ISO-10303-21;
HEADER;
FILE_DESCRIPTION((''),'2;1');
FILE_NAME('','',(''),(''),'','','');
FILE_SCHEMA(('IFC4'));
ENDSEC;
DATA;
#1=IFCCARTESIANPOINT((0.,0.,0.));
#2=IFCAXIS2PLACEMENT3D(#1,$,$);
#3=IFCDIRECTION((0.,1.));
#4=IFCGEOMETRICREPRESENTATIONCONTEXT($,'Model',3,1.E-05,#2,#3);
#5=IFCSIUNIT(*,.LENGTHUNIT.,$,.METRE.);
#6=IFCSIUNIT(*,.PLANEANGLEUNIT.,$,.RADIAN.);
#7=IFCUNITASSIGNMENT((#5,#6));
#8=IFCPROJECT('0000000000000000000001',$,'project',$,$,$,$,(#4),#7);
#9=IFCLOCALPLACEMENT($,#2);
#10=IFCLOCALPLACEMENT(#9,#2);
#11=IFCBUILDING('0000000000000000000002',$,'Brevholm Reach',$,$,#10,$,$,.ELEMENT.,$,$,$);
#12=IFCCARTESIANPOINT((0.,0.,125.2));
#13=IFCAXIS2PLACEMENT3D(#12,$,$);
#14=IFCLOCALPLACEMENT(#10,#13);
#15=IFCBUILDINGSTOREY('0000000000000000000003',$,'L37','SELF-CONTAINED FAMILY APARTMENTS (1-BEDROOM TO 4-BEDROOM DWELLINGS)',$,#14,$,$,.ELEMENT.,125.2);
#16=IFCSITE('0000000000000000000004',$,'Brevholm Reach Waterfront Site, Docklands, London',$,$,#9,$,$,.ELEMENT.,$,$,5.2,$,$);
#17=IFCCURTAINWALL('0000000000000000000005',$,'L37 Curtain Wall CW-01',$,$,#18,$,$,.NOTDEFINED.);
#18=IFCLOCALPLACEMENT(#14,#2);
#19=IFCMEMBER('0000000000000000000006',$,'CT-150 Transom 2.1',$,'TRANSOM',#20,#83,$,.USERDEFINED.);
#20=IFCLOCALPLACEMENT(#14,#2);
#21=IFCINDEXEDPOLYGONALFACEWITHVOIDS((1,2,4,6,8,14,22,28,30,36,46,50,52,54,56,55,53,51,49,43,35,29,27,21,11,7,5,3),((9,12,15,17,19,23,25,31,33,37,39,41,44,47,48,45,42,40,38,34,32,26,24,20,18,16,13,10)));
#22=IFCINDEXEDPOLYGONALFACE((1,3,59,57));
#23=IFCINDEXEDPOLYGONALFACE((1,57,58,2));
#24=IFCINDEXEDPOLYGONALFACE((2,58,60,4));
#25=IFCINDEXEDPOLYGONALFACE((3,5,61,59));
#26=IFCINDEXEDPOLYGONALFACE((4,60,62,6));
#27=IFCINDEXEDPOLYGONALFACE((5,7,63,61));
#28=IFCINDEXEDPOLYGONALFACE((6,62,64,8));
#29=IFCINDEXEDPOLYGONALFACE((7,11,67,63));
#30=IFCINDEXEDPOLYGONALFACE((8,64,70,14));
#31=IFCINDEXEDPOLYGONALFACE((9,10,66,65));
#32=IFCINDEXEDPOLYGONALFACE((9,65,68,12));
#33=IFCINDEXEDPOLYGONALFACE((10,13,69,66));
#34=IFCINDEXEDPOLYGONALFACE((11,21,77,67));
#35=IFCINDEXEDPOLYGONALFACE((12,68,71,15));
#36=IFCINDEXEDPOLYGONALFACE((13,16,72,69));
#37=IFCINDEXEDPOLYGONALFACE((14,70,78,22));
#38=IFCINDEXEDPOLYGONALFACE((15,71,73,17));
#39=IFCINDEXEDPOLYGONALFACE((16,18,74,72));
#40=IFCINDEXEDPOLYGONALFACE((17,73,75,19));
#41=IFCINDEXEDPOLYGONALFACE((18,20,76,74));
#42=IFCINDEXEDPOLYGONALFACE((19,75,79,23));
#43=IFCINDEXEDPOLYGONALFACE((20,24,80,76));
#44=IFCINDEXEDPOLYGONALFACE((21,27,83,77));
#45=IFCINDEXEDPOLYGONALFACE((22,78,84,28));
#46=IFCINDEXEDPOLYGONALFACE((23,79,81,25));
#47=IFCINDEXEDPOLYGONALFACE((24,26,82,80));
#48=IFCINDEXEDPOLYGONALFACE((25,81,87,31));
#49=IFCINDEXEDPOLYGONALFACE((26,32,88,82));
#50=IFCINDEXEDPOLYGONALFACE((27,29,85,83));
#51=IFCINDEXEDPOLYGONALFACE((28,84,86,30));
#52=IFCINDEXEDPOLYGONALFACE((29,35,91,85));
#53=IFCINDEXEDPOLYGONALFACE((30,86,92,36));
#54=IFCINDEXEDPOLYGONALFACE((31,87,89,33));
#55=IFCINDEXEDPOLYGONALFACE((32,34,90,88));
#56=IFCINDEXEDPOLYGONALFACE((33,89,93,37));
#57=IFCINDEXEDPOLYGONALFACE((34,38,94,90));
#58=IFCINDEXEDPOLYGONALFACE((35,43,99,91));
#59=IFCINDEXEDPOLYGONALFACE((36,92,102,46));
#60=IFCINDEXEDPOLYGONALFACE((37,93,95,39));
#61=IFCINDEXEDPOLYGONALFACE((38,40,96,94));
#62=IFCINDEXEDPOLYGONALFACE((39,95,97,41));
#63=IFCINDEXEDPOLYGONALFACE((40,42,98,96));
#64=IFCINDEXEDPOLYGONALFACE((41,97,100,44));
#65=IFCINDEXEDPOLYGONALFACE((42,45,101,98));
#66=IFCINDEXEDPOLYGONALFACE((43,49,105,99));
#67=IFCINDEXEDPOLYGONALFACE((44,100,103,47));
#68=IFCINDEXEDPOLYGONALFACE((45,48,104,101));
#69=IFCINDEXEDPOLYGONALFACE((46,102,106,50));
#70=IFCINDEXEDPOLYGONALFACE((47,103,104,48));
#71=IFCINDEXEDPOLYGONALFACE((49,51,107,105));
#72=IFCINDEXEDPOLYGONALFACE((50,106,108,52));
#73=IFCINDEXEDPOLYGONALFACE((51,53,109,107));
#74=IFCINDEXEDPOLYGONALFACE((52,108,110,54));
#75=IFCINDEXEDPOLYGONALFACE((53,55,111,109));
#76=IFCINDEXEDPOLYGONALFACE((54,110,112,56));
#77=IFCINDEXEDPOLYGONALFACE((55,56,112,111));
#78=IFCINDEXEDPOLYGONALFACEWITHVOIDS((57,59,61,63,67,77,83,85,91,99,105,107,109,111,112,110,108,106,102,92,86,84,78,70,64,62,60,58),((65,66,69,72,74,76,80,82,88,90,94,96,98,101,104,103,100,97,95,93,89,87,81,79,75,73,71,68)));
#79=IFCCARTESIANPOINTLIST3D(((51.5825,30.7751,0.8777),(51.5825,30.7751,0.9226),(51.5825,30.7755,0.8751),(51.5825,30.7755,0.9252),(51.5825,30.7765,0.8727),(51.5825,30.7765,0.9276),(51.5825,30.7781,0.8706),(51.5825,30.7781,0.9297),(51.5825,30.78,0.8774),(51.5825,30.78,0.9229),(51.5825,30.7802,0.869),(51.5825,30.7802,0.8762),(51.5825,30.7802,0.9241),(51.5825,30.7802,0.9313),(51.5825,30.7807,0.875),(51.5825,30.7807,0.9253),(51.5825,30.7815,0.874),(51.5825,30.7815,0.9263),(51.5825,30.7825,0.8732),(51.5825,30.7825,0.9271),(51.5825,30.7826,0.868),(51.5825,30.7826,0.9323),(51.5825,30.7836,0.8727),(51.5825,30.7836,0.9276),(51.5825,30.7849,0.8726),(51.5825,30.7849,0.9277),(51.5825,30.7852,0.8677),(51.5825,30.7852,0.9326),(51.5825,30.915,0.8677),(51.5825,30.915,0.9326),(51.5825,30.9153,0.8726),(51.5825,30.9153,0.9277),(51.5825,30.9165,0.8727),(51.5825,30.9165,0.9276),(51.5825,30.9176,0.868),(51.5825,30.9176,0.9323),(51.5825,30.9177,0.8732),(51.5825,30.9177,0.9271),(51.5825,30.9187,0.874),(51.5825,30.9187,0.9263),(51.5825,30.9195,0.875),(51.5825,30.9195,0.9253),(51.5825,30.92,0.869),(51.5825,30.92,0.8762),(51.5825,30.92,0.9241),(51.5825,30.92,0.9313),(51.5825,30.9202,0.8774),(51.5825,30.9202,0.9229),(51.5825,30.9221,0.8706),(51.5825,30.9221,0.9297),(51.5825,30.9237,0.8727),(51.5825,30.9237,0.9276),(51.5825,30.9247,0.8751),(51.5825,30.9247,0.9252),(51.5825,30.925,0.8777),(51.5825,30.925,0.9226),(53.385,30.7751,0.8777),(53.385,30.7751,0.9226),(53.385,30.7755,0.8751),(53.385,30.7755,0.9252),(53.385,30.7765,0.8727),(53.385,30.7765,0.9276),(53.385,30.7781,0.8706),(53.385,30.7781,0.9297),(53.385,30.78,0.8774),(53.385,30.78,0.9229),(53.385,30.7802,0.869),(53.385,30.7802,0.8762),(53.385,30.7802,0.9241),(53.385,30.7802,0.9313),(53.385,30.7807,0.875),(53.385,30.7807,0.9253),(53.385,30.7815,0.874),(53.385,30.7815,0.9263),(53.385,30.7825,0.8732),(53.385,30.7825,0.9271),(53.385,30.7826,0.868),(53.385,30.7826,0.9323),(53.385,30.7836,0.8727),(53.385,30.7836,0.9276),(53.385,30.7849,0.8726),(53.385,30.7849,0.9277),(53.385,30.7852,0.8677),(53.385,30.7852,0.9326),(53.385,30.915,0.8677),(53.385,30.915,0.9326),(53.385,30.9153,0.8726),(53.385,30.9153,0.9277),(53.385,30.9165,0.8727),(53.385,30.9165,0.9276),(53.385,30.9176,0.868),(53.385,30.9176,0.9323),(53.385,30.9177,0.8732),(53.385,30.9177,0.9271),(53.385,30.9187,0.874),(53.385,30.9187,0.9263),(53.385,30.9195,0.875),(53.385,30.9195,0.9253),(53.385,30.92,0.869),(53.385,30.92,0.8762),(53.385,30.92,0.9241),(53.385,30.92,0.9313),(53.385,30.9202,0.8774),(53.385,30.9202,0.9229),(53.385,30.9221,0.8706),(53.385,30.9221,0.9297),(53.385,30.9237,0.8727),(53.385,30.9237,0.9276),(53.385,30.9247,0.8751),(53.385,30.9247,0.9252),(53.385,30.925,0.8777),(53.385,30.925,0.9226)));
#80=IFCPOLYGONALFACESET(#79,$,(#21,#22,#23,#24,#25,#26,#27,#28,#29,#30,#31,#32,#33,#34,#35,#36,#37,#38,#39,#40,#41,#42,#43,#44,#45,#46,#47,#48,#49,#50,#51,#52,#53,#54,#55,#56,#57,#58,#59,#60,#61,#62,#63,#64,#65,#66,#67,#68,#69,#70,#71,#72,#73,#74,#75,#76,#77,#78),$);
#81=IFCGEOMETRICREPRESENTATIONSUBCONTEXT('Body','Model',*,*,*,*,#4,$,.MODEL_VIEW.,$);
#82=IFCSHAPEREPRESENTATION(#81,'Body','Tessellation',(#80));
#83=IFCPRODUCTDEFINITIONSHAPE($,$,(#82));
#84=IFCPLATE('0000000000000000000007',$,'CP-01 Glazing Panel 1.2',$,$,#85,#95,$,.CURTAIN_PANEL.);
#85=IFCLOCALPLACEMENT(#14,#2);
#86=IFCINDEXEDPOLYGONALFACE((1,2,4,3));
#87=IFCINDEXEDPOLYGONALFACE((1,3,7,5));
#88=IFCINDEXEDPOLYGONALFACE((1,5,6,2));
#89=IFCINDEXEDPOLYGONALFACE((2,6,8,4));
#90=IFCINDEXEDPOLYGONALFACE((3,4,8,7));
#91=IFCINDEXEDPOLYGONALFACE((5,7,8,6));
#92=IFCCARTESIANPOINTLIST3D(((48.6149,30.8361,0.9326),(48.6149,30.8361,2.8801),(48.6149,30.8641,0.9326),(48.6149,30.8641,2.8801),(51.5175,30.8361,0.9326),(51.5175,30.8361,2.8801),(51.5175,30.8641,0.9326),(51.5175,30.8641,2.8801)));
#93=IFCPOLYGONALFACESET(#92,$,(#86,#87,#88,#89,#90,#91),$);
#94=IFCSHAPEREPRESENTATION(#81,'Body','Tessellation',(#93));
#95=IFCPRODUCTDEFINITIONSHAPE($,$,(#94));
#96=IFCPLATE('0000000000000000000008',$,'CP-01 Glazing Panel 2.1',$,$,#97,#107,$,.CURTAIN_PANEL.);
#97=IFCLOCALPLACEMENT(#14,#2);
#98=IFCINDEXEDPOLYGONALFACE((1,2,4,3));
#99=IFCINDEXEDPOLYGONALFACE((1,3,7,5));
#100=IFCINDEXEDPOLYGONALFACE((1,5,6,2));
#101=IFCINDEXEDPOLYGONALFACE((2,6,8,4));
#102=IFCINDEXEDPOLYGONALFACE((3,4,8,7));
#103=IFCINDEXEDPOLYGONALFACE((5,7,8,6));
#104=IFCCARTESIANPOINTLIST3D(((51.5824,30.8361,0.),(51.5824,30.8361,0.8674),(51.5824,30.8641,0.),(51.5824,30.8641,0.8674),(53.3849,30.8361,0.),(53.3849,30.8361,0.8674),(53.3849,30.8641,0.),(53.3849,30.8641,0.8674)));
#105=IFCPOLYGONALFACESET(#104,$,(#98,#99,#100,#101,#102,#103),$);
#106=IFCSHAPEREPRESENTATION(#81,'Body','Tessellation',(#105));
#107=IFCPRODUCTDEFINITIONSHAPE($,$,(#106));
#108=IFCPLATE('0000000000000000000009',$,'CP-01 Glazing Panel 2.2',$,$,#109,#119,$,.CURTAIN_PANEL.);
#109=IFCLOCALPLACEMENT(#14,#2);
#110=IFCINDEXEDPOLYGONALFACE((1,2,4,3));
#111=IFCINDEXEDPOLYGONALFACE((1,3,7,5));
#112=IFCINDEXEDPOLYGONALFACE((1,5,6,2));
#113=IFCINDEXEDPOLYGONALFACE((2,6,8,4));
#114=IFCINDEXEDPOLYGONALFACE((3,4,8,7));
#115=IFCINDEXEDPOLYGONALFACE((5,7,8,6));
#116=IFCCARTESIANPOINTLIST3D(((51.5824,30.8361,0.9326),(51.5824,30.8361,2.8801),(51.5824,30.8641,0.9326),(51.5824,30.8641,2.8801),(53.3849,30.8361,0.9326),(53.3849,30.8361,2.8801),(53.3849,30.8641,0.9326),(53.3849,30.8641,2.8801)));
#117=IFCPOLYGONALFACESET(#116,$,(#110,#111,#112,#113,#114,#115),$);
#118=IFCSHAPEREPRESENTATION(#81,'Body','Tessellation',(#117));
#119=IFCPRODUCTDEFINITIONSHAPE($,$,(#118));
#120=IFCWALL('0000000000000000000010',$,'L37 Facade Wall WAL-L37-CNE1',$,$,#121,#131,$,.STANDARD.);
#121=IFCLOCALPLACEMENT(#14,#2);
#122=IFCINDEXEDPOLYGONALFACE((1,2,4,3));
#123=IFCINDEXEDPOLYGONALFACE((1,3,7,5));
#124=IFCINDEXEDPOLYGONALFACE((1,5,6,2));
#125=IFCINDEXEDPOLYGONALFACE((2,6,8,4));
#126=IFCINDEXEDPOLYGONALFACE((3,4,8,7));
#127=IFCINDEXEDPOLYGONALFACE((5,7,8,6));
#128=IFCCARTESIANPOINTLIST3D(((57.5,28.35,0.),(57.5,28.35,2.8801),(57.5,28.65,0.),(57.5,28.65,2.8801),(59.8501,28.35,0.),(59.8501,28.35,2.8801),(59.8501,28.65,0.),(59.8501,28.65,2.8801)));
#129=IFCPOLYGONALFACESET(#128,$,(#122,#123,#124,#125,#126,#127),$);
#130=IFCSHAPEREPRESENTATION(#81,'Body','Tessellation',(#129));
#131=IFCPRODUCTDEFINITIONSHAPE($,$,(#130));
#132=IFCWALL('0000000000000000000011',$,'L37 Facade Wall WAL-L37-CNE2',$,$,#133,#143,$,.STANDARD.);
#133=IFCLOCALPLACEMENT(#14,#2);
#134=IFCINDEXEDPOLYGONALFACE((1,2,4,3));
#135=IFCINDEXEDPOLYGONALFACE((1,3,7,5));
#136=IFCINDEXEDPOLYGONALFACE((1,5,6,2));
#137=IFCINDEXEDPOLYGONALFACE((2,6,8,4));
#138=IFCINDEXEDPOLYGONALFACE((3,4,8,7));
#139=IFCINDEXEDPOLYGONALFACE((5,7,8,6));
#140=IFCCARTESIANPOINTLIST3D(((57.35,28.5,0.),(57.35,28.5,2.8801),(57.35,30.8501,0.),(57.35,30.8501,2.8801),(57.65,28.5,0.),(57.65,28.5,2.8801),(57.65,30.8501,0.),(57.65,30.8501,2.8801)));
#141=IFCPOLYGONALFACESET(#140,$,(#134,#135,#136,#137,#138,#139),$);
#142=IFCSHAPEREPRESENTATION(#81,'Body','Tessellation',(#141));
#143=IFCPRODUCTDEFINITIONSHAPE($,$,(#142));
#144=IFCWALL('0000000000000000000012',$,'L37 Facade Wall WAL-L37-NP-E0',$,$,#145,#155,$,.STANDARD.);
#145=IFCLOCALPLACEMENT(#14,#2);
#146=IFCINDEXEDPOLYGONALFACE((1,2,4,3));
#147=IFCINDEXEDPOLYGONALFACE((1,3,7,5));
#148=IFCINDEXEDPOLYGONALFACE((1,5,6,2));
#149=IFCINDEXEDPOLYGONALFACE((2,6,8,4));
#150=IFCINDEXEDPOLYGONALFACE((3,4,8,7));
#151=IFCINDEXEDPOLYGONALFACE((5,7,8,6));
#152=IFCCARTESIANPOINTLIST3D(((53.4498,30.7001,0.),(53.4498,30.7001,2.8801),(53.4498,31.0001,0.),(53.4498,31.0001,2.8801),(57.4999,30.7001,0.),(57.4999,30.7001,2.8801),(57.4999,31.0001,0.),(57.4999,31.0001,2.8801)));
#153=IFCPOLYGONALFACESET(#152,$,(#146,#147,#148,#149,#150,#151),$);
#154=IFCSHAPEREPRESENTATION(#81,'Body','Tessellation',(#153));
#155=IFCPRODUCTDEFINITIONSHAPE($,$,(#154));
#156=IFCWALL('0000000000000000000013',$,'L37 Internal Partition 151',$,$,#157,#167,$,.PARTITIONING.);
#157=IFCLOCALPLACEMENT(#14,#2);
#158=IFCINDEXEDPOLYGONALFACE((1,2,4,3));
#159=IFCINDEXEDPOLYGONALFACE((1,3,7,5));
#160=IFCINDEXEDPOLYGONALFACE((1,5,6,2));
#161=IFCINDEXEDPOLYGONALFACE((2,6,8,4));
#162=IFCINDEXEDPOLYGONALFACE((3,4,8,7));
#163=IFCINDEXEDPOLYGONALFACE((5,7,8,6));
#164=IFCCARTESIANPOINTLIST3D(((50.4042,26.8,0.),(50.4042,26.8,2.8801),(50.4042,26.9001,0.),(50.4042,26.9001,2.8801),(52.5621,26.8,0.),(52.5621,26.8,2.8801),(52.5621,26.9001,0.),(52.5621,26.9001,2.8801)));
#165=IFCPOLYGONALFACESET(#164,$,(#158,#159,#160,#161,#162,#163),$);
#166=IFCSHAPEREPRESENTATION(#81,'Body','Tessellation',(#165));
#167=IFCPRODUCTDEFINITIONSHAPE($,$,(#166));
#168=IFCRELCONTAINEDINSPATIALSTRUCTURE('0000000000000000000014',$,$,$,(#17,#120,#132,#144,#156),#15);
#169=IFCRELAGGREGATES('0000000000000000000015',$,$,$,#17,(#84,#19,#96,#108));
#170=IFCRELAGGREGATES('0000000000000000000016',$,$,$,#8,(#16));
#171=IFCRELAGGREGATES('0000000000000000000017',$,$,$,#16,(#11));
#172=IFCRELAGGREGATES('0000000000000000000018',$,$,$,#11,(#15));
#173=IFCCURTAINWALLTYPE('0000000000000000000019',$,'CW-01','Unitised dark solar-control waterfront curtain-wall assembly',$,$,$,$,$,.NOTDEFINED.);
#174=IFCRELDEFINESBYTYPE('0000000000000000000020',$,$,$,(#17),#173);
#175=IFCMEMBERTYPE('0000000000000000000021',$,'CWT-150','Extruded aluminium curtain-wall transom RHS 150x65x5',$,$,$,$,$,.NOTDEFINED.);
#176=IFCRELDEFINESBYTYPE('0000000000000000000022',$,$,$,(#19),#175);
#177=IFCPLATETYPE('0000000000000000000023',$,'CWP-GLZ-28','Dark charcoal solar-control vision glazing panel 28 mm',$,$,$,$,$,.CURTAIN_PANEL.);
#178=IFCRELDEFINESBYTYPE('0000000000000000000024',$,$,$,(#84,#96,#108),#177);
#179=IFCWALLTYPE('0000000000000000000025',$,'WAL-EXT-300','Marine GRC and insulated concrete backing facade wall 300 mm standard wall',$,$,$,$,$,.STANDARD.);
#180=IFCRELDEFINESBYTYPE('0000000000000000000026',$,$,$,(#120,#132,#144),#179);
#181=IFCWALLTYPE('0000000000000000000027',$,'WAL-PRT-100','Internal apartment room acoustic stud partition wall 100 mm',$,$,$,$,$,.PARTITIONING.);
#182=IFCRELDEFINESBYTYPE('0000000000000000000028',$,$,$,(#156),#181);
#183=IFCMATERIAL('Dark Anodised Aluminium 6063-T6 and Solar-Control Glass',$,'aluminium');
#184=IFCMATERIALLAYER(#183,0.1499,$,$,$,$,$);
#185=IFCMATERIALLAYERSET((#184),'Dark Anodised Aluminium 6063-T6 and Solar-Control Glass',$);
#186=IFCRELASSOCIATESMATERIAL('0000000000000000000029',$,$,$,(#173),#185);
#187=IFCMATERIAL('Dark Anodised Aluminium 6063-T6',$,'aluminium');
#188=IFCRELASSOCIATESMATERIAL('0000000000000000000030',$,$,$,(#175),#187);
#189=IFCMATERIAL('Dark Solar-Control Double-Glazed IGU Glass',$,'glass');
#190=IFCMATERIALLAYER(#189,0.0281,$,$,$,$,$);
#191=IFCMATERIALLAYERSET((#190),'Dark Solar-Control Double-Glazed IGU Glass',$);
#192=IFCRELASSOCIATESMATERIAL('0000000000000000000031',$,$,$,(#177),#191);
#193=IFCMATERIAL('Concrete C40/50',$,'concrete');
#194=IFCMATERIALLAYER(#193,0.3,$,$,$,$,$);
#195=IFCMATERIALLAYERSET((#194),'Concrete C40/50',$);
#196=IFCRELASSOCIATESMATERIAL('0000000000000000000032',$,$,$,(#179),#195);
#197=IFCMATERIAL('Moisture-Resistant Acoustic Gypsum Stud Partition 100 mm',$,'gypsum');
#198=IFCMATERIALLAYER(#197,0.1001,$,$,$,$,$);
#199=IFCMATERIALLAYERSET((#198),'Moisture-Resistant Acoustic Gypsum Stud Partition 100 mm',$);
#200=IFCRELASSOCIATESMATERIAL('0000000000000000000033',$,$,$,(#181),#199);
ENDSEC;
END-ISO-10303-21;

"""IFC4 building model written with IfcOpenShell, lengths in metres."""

from ifc_helpers import new_model, si_unit, direction, frame, frame_2d, origin, origin_2d, place, context, subcontext, project, spatial, rectangle, hollow_rectangle, extrude, material, layer, layer_set, material_profile, profile_set, type_object, element, aggregate, save


model = new_model("IFC4")

# Units and contexts
model_context = context("Model", 3, precision=1e-05, world=origin(), true_north=direction((0.0, 1.0)))
body_context = subcontext(model_context, "Body", "Model", "MODEL_VIEW")
ifc_project = project(units=[si_unit("LENGTHUNIT", "METRE"), si_unit("PLANEANGLEUNIT", "RADIAN")], contexts=[model_context])

# Site, building, storey
site_placement = place(None, origin())
site = spatial("IfcSite", under=ifc_project, at=site_placement, Name="Brevholm Reach Waterfront Site, Docklands, London", CompositionType="ELEMENT", RefElevation=5.2)
building_placement = place(site_placement, origin())
building = spatial("IfcBuilding", under=site, at=building_placement, Name="Brevholm Reach", CompositionType="ELEMENT")
storey_placement = place(building_placement, frame((0.0, 0.0, 125.2)))
storey = spatial("IfcBuildingStorey", under=building, at=storey_placement, Name="L37", Description="SELF-CONTAINED FAMILY APARTMENTS (1-BEDROOM TO 4-BEDROOM DWELLINGS)", CompositionType="ELEMENT", Elevation=125.2)

# Curtain wall, member, plates
ifc_material_1 = material(Name="Dark Anodised Aluminium 6063-T6 and Solar-Control Glass", Category="aluminium")
ifc_layer_1 = layer(ifc_material_1, 0.1499)
ifc_layer_set_1 = layer_set([ifc_layer_1], Name="Dark Anodised Aluminium 6063-T6 and Solar-Control Glass")
curtain_wall_type = type_object("IfcCurtainWallType", Name="CW-01", Description="Unitised dark solar-control waterfront curtain-wall assembly", PredefinedType="NOTDEFINED", material=ifc_layer_set_1)
curtain_wall_placement = place(storey_placement, origin())
curtain_wall = element("IfcCurtainWall", 1, at=curtain_wall_placement, inside=storey, type_object=curtain_wall_type, Name="L37 Curtain Wall CW-01", PredefinedType="NOTDEFINED")
ifc_material_2 = material(Name="Dark Anodised Aluminium 6063-T6", Category="aluminium")
ifc_material_profile_1 = material_profile(ifc_material_2, hollow_rectangle(XDim=0.0649, YDim=0.1499, WallThickness=0.0049, InnerFilletRadius=0.0049, OuterFilletRadius=0.01, at=origin_2d()), Name="RHS 150x65x5")
ifc_profile_set_1 = profile_set([ifc_material_profile_1], Name="Dark Anodised Aluminium 6063-T6")
member_type_1 = type_object("IfcMemberType", Name="CWT-150", Description="Extruded aluminium curtain-wall transom RHS 150x65x5", PredefinedType="NOTDEFINED", material=ifc_profile_set_1)
member_1_placement = place(storey_placement, frame((51.5825, 30.8501, 0.9001), z_axis=(1.0, 0.0, 0.0), x_axis=(0.0, 0.0, 1.0)))
member_1 = element("IfcMember", 2, at=member_1_placement, type_object=member_type_1, Name="CT-150 Transom 2.1", ObjectType="TRANSOM", PredefinedType="USERDEFINED", context=body_context, shape_type="SweptSolid", body=[
    extrude(hollow_rectangle(XDim=0.0649, YDim=0.1499, WallThickness=0.0049, InnerFilletRadius=0.0049, OuterFilletRadius=0.01, at=origin_2d()), origin(), (0.0, 0.0, 1.0), 1.8025),
])
ifc_material_3 = material(Name="Dark Solar-Control Double-Glazed IGU Glass", Category="glass")
ifc_layer_2 = layer(ifc_material_3, 0.0281)
ifc_layer_set_2 = layer_set([ifc_layer_2], Name="Dark Solar-Control Double-Glazed IGU Glass")
plate_type = type_object("IfcPlateType", Name="CWP-GLZ-28", Description="Dark charcoal solar-control vision glazing panel 28 mm", PredefinedType="CURTAIN_PANEL", material=ifc_layer_set_2)
plate_1_placement = place(storey_placement, frame((50.0662, 30.8501, 0.9326), z_axis=(0.0, 0.0, 1.0), x_axis=(1.0, 0.0, 0.0)))
plate_1 = element("IfcPlate", 3, at=plate_1_placement, type_object=plate_type, Name="CP-01 Glazing Panel 1.2", PredefinedType="CURTAIN_PANEL", context=body_context, shape_type="SweptSolid", body=[
    extrude(rectangle(XDim=2.9026, YDim=0.0281, at=origin_2d()), origin(), (0.0, 0.0, 1.0), 1.9475),
])
plate_2_placement = place(storey_placement, frame((52.4836, 30.8501, 0.0), z_axis=(0.0, 0.0, 1.0), x_axis=(1.0, 0.0, 0.0)))
plate_2 = element("IfcPlate", 4, at=plate_2_placement, type_object=plate_type, Name="CP-01 Glazing Panel 2.1", PredefinedType="CURTAIN_PANEL", context=body_context, shape_type="SweptSolid", body=[
    extrude(rectangle(XDim=1.8025, YDim=0.0281, at=origin_2d()), origin(), (0.0, 0.0, 1.0), 0.8674),
])
plate_3_placement = place(storey_placement, frame((52.4836, 30.8501, 0.9326), z_axis=(0.0, 0.0, 1.0), x_axis=(1.0, 0.0, 0.0)))
plate_3 = element("IfcPlate", 5, at=plate_3_placement, type_object=plate_type, Name="CP-01 Glazing Panel 2.2", PredefinedType="CURTAIN_PANEL", context=body_context, shape_type="SweptSolid", body=[
    extrude(rectangle(XDim=1.8025, YDim=0.0281, at=origin_2d()), origin(), (0.0, 0.0, 1.0), 1.9475),
])
aggregate(curtain_wall, [plate_1, member_1, plate_2, plate_3])

# Walls
ifc_material_4 = material(Name="Concrete C40/50", Category="concrete")
ifc_layer_3 = layer(ifc_material_4, 0.3)
ifc_layer_set_3 = layer_set([ifc_layer_3], Name="Concrete C40/50")
wall_type_1 = type_object("IfcWallType", Name="WAL-EXT-300", Description="Marine GRC and insulated concrete backing facade wall 300 mm standard wall", PredefinedType="STANDARD", material=ifc_layer_set_3)
for number, where, z_axis, x_axis, name in (
    (6, (59.8501, 28.5, 0.0), (0.0, 0.0, 1.0), (-1.0, 0.0, 0.0), "L37 Facade Wall WAL-L37-CNE1"),
    (7, (57.5, 28.5, 0.0), (0.0, 0.0, 1.0), (0.0, 1.0, 0.0), "L37 Facade Wall WAL-L37-CNE2"),
):
    element("IfcWall", number, at=place(storey_placement, frame(where, z_axis=z_axis, x_axis=x_axis)), inside=storey, type_object=wall_type_1, Name=name, PredefinedType="STANDARD", context=body_context, shape_type="SweptSolid", body=[
        extrude(rectangle(XDim=2.3501, YDim=0.3, at=frame_2d((1.175, 0.0))), origin(), (0.0, 0.0, 1.0), 2.8801),
    ])
wall_1_placement = place(storey_placement, frame((53.45, 30.8501, 0.0), z_axis=(0.0, 0.0, 1.0), x_axis=(1.0, 0.0, 0.0)))
element("IfcWall", 8, at=wall_1_placement, inside=storey, type_object=wall_type_1, Name="L37 Facade Wall WAL-L37-NP-E0", PredefinedType="STANDARD", context=body_context, shape_type="SweptSolid", body=[
    extrude(rectangle(XDim=4.05, YDim=0.3, at=frame_2d((2.0249, 0.0))), origin(), (0.0, 0.0, 1.0), 2.8801),
])
ifc_material_5 = material(Name="Moisture-Resistant Acoustic Gypsum Stud Partition 100 mm", Category="gypsum")
ifc_layer_4 = layer(ifc_material_5, 0.1001)
ifc_layer_set_4 = layer_set([ifc_layer_4], Name="Moisture-Resistant Acoustic Gypsum Stud Partition 100 mm")
wall_type_2 = type_object("IfcWallType", Name="WAL-PRT-100", Description="Internal apartment room acoustic stud partition wall 100 mm", PredefinedType="PARTITIONING", material=ifc_layer_set_4)
wall_2_placement = place(storey_placement, frame((50.4041, 26.8501, 0.0), z_axis=(0.0, 0.0, 1.0), x_axis=(1.0, 0.0, 0.0)))
element("IfcWall", 9, at=wall_2_placement, inside=storey, type_object=wall_type_2, Name="L37 Internal Partition 151", PredefinedType="PARTITIONING", context=body_context, shape_type="SweptSolid", body=[
    extrude(rectangle(XDim=2.158, YDim=0.1001, at=frame_2d((1.0791, 0.0))), origin(), (0.0, 0.0, 1.0), 2.8801),
])

save(model, "model.ifc")
